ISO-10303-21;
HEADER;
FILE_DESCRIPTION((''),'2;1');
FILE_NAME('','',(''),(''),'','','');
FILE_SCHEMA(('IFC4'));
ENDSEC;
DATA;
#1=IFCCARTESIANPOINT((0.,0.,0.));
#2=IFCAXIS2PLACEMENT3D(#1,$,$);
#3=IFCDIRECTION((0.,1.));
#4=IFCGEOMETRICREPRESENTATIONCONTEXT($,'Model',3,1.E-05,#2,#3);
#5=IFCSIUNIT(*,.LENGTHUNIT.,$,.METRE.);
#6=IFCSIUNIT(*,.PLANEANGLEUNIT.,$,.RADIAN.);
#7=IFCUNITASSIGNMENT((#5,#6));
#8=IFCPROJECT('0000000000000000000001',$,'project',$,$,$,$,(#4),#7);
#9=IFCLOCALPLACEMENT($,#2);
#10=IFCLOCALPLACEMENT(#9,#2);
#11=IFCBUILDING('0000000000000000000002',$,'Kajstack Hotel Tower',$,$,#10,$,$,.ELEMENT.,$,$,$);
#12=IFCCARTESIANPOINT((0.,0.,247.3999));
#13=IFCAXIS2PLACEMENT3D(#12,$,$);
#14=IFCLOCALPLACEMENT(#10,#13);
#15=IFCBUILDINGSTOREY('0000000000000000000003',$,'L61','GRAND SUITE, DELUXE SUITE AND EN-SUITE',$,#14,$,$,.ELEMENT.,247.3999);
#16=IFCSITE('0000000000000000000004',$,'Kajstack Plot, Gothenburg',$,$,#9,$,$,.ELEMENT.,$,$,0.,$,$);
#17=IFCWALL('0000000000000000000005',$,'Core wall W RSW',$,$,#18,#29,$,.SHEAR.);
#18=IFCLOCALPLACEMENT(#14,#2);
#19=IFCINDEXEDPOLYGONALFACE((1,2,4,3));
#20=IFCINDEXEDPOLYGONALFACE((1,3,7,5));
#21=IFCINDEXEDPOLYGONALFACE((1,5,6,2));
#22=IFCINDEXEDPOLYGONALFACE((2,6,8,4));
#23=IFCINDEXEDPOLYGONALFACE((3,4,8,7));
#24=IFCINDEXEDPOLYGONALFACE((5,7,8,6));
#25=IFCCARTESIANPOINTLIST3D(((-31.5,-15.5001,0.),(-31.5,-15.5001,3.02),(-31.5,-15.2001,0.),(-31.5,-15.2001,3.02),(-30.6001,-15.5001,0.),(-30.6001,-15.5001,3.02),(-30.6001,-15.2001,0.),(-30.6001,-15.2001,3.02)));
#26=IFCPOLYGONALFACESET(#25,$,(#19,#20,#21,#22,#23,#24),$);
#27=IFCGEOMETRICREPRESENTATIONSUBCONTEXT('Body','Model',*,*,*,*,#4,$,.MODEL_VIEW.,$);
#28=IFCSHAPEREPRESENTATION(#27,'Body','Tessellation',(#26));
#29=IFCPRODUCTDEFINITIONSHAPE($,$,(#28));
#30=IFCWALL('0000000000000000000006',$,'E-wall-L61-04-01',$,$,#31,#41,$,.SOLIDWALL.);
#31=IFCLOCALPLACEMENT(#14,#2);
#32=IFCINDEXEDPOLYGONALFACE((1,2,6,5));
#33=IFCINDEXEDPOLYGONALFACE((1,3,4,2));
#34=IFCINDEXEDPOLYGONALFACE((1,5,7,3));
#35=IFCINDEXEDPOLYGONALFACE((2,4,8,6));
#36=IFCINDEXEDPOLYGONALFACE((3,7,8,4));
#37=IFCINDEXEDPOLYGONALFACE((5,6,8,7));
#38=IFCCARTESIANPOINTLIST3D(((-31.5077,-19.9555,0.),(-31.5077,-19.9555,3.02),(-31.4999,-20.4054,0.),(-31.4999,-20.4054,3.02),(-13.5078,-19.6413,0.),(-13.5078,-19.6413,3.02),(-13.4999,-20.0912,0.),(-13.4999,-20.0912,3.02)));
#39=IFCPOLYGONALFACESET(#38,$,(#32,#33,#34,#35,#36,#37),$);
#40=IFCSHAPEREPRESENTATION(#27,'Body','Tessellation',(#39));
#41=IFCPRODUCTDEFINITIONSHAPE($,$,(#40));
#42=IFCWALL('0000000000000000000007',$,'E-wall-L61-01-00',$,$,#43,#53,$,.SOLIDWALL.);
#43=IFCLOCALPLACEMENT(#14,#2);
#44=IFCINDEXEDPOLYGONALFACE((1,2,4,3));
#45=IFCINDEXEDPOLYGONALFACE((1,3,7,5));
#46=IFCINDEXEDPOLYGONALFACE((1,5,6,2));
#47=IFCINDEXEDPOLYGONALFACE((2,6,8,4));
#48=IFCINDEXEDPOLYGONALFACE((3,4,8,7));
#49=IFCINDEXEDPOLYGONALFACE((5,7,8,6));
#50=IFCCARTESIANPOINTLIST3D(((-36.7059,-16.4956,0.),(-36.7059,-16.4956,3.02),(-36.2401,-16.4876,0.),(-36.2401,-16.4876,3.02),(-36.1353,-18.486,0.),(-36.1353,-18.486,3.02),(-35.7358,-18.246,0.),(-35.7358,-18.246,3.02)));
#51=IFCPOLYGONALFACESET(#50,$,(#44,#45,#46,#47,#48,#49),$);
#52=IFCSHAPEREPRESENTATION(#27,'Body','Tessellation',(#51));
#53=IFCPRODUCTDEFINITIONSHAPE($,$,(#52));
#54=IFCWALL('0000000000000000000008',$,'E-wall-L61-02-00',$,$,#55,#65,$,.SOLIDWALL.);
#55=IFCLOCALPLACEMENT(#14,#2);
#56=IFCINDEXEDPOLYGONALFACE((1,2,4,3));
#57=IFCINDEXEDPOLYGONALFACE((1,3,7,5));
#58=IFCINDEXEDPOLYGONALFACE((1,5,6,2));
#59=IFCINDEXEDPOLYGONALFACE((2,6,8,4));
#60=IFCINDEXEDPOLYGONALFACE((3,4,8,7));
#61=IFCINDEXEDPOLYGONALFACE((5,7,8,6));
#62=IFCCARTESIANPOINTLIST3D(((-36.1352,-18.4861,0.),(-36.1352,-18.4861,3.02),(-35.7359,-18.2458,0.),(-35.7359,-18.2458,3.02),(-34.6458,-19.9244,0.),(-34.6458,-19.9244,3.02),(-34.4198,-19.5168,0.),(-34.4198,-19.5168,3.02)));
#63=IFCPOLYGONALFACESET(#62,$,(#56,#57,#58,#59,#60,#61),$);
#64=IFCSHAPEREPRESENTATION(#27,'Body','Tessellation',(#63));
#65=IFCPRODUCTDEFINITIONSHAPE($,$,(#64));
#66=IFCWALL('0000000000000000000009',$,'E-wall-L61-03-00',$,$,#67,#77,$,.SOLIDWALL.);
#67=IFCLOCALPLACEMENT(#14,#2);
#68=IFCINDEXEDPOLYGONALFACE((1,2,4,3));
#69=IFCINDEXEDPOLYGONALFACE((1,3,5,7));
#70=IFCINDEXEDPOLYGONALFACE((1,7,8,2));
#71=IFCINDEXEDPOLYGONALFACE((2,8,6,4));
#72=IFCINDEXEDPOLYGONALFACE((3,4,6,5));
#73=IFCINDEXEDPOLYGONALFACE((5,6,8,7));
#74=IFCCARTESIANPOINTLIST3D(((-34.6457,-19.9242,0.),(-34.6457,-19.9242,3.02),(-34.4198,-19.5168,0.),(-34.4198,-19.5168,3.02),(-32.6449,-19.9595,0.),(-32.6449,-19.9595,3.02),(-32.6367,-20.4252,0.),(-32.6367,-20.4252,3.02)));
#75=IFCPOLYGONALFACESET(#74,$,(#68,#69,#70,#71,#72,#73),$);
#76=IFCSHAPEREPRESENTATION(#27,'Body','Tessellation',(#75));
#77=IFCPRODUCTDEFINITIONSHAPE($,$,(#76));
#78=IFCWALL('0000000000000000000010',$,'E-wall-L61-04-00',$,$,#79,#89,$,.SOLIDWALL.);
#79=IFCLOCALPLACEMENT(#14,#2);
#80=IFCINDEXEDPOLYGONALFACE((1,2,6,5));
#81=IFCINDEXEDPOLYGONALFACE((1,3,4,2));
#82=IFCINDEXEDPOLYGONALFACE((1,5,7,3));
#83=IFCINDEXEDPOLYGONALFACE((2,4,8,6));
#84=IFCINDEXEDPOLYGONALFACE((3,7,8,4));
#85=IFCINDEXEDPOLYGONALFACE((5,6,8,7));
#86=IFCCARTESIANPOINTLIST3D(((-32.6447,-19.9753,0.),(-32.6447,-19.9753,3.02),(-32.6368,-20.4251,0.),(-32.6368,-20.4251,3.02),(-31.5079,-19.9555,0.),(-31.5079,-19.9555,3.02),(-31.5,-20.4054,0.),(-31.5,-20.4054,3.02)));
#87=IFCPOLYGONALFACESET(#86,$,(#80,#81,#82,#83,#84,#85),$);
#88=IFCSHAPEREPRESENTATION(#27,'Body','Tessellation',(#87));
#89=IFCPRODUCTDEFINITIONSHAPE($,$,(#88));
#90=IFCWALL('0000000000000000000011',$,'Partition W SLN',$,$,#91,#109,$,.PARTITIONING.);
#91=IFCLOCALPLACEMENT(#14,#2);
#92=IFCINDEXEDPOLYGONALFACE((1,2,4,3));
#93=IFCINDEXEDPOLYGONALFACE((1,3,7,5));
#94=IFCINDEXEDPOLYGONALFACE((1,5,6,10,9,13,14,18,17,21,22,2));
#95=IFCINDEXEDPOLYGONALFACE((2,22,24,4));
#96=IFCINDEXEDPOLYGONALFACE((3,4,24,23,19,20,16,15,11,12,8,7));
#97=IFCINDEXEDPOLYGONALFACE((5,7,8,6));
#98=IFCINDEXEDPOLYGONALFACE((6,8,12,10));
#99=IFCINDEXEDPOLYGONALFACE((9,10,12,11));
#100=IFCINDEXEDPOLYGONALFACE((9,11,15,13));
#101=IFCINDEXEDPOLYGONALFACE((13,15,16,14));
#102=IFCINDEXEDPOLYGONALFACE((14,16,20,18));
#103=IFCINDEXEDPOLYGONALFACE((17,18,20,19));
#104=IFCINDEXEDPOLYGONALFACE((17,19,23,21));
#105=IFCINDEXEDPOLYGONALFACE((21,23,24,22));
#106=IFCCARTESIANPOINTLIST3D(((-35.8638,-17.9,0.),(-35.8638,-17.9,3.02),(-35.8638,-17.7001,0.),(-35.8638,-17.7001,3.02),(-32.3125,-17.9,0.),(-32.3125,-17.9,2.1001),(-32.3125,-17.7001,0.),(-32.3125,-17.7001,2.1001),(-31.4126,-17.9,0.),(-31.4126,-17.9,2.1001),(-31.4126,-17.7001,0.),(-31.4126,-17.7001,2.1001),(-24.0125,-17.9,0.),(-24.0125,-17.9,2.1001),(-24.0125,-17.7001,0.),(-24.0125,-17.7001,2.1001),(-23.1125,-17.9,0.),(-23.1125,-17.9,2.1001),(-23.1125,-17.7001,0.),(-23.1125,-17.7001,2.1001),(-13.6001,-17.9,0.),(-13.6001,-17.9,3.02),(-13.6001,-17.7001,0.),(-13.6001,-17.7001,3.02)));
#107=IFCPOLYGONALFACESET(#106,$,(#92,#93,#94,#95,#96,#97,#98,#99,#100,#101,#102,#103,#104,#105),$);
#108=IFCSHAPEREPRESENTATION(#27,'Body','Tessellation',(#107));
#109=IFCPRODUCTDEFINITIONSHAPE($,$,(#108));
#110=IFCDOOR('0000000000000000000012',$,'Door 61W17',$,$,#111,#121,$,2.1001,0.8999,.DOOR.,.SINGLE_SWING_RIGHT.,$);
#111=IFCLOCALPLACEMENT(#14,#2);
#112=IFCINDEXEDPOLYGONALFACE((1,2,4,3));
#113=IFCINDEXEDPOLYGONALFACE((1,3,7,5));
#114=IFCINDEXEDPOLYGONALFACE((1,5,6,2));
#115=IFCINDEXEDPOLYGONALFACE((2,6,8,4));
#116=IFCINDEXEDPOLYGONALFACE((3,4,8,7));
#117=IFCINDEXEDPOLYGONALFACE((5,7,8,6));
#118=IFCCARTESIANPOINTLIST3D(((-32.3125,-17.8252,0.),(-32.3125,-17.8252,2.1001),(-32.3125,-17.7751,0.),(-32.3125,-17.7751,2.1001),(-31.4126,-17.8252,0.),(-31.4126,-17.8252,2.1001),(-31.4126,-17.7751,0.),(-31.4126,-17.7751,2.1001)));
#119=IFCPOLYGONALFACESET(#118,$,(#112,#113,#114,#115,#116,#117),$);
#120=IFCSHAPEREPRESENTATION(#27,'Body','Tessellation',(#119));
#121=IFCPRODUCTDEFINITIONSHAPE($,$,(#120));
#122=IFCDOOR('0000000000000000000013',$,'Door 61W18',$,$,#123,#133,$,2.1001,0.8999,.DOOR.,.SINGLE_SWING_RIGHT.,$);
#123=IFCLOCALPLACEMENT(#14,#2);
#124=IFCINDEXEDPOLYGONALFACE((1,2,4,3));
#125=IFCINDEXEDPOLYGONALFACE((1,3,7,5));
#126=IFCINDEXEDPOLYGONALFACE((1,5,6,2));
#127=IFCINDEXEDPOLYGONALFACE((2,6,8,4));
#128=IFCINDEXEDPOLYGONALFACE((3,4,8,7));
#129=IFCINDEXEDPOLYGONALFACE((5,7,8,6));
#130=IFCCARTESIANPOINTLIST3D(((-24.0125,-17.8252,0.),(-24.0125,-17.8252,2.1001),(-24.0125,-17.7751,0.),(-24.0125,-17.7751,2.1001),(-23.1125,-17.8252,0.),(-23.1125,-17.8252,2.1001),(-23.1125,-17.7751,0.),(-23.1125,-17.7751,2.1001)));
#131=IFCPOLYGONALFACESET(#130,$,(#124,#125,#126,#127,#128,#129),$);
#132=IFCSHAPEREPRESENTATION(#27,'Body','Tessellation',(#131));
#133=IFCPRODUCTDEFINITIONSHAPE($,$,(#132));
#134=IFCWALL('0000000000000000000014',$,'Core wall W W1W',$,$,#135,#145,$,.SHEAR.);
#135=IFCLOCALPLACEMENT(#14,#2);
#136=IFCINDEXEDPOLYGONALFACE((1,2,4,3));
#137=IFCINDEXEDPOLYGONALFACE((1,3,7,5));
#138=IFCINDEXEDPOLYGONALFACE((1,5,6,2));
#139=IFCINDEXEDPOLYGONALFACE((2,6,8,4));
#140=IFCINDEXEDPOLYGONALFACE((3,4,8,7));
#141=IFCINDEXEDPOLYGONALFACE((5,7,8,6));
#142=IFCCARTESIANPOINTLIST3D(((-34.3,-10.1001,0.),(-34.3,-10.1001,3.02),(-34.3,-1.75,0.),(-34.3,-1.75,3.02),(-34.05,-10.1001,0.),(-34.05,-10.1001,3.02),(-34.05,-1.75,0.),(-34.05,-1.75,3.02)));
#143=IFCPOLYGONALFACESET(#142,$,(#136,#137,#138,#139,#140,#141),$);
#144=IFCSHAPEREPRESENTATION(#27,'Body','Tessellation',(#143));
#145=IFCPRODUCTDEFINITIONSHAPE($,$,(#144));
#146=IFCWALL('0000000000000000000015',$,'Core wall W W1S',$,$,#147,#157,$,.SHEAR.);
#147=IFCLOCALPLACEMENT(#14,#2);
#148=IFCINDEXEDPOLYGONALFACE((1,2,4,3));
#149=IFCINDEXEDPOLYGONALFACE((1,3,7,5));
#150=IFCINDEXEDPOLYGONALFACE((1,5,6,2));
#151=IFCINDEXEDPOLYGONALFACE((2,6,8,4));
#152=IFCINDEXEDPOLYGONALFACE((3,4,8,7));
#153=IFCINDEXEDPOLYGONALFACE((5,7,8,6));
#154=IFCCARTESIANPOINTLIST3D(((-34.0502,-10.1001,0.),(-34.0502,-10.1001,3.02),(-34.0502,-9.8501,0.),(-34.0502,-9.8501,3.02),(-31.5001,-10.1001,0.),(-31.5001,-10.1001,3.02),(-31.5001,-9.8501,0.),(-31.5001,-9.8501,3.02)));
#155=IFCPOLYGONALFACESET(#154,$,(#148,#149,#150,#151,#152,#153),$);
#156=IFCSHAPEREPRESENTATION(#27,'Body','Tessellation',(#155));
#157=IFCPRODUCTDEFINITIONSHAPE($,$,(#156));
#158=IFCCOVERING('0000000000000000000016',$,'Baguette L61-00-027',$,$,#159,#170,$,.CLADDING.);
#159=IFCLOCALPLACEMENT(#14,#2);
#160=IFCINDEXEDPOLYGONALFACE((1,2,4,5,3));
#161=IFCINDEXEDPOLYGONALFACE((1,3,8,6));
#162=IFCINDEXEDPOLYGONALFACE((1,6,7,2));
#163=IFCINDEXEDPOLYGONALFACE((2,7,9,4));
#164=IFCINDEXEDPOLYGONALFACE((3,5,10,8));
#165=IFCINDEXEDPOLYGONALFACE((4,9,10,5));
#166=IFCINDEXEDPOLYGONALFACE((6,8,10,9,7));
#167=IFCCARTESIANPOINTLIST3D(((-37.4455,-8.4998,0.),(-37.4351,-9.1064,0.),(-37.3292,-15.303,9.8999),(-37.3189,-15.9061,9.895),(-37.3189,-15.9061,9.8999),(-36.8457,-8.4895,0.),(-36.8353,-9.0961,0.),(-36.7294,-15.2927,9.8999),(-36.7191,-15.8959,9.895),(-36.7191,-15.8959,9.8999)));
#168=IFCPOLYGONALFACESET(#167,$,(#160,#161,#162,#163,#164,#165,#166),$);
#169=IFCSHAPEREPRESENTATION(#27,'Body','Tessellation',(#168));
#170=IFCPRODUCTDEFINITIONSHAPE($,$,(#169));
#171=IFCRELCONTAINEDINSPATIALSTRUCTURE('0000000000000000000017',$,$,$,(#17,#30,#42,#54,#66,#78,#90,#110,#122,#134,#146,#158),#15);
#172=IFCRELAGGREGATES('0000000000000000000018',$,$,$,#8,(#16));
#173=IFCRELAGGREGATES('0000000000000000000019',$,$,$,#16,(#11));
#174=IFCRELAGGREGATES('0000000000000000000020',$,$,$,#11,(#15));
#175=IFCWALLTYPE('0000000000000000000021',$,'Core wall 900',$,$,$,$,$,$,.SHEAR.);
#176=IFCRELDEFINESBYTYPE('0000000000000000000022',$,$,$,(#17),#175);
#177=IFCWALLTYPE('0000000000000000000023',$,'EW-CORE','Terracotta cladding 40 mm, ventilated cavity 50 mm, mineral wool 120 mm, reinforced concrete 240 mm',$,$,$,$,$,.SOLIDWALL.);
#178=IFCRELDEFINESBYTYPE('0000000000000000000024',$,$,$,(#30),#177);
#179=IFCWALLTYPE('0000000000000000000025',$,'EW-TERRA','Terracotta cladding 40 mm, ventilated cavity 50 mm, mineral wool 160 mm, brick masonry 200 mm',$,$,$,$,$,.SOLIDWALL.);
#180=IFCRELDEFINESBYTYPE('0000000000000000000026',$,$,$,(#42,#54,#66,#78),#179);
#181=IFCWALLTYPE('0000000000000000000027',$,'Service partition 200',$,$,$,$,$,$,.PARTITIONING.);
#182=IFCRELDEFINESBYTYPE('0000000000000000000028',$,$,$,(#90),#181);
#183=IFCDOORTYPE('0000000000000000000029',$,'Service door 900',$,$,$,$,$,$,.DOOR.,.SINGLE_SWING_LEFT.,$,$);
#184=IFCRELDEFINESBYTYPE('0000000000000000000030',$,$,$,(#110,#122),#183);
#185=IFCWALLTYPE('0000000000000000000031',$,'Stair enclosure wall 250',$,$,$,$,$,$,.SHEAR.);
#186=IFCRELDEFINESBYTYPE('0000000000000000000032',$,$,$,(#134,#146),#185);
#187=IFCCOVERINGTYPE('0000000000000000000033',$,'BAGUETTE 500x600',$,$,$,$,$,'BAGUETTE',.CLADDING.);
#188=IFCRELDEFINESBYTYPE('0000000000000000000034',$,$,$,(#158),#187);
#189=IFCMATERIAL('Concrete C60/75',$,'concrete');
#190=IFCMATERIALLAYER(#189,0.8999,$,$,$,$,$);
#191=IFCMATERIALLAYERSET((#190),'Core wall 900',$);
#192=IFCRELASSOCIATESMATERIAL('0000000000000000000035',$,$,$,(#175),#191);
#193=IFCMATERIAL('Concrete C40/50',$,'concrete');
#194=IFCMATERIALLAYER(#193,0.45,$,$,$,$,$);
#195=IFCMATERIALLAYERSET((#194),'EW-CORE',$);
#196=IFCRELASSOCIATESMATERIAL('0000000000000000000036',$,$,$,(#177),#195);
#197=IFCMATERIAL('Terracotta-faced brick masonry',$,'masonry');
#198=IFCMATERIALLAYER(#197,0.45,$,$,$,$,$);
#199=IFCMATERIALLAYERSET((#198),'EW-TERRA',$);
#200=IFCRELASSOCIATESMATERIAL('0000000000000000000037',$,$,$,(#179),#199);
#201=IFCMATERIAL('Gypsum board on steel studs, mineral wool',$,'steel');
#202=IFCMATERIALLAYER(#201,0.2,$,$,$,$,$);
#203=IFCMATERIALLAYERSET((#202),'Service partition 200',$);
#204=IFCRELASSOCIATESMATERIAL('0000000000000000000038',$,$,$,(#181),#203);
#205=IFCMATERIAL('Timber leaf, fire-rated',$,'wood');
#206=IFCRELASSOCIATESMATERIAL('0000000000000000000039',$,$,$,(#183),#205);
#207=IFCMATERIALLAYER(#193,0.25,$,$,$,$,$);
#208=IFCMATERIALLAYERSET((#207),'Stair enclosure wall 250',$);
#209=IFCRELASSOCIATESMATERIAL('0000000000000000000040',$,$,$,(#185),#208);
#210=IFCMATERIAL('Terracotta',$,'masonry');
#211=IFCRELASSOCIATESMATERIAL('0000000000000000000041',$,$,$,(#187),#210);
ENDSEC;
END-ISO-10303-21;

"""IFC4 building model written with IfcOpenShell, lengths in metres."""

from ifc_helpers import new_model, si_unit, direction, frame, frame_2d, origin, origin_2d, place, context, subcontext, project, spatial, polyline, rectangle, outline, extrude, material, layer, layer_set, material_profile, profile_set, type_object, element, fill, save


model = new_model("IFC4")

# Units and contexts
model_context = context("Model", 3, precision=1e-05, world=origin(), true_north=direction((0.0, 1.0)))
body_context = subcontext(model_context, "Body", "Model", "MODEL_VIEW")
ifc_project = project(units=[si_unit("LENGTHUNIT", "METRE"), si_unit("PLANEANGLEUNIT", "RADIAN")], contexts=[model_context])

# Site, building, storey
site_placement = place(None, origin())
site = spatial("IfcSite", under=ifc_project, at=site_placement, Name="Kajstack Plot, Gothenburg", CompositionType="ELEMENT", RefElevation=0.0)
building_placement = place(site_placement, origin())
building = spatial("IfcBuilding", under=site, at=building_placement, Name="Kajstack Hotel Tower", CompositionType="ELEMENT")
storey_placement = place(building_placement, frame((0.0, 0.0, 247.3999)))
storey = spatial("IfcBuildingStorey", under=building, at=storey_placement, Name="L61", Description="GRAND SUITE, DELUXE SUITE AND EN-SUITE", CompositionType="ELEMENT", Elevation=247.3999)

# Walls
ifc_material_1 = material(Name="Concrete C60/75", Category="concrete")
ifc_layer_1 = layer(ifc_material_1, 0.8999)
ifc_layer_set_1 = layer_set([ifc_layer_1], Name="Core wall 900")
wall_type_1 = type_object("IfcWallType", Name="Core wall 900", PredefinedType="SHEAR", material=ifc_layer_set_1)
wall_1_placement = place(storey_placement, frame((-31.5, -15.3501, 0.0), z_axis=(0.0, 0.0, 1.0), x_axis=(1.0, 0.0, 0.0)))
element("IfcWall", 1, at=wall_1_placement, inside=storey, type_object=wall_type_1, Name="Core wall W RSW", PredefinedType="SHEAR", context=body_context, shape_type="SweptSolid", body=[
    extrude(rectangle(XDim=0.8999, YDim=0.3, at=frame_2d((0.45, 0.0))), origin(), (0.0, 0.0, 1.0), 3.02),
])
ifc_material_2 = material(Name="Concrete C40/50", Category="concrete")
ifc_layer_2 = layer(ifc_material_2, 0.45)
ifc_layer_set_2 = layer_set([ifc_layer_2], Name="EW-CORE")
wall_type_2 = type_object("IfcWallType", Name="EW-CORE", Description="Terracotta cladding 40 mm, ventilated cavity 50 mm, mineral wool 120 mm, reinforced concrete 240 mm", PredefinedType="SOLIDWALL", material=ifc_layer_set_2)
wall_2_placement = place(storey_placement, frame((-31.5039, -20.1804, 0.0), z_axis=(0.0, 0.0, 1.0), x_axis=(0.999848, 0.017453, 0.0)))
element("IfcWall", 2, at=wall_2_placement, inside=storey, type_object=wall_type_2, Name="E-wall-L61-04-01", PredefinedType="SOLIDWALL", context=body_context, shape_type="SweptSolid", body=[
    extrude(rectangle(XDim=18.0027, YDim=0.45, at=frame_2d((9.0015, 0.0))), origin(), (0.0, 0.0, 1.0), 3.02),
])
ifc_material_3 = material(Name="Terracotta-faced brick masonry", Category="masonry")
ifc_layer_3 = layer(ifc_material_3, 0.45)
ifc_layer_set_3 = layer_set([ifc_layer_3], Name="EW-TERRA")
wall_type_3 = type_object("IfcWallType", Name="EW-TERRA", Description="Terracotta cladding 40 mm, ventilated cavity 50 mm, mineral wool 160 mm, brick masonry 200 mm", PredefinedType="SOLIDWALL", material=ifc_layer_set_3)
wall_3_placement = place(storey_placement, frame((-36.4895, -16.4336, 0.0), z_axis=(0.0, 0.0, 1.0), x_axis=(0.275578, -0.961279, 0.0)))
element("IfcWall", 3, at=wall_3_placement, inside=storey, type_object=wall_type_3, Name="E-wall-L61-01-00", PredefinedType="SOLIDWALL", context=body_context, shape_type="SweptSolid", body=[
    extrude(outline(polyline([(0.0, -0.2251), (2.0706, -0.2251), (1.95, 0.2251), (0.1206, 0.2249), (0.0, -0.2251)])), origin(), (0.0, 0.0, 1.0), 3.02),
])
wall_4_placement = place(storey_placement, frame((-35.979, -18.324, 0.0), z_axis=(0.0, 0.0, 1.0), x_axis=(0.71932, -0.694679, 0.0)))
element("IfcWall", 4, at=wall_4_placement, inside=storey, type_object=wall_type_3, Name="E-wall-L61-02-00", PredefinedType="SOLIDWALL", context=body_context, shape_type="SweptSolid", body=[
    extrude(outline(polyline([(0.0002, -0.2251), (2.0708, -0.2251), (1.9502, 0.2251), (0.1206, 0.2251), (0.0002, -0.2251)])), origin(), (0.0, 0.0, 1.0), 3.02),
])
wall_5_placement = place(storey_placement, frame((-34.5913, -19.7061, 0.0), z_axis=(0.0, 0.0, 1.0), x_axis=(0.970316, -0.241842, 0.0)))
element("IfcWall", 5, at=wall_5_placement, inside=storey, type_object=wall_type_3, Name="E-wall-L61-03-00", PredefinedType="SOLIDWALL", context=body_context, shape_type="SweptSolid", body=[
    extrude(outline(polyline([(0.0, -0.2249), (2.0706, -0.2251), (1.95, 0.2249), (0.1206, 0.2251), (0.0, -0.2249)])), origin(), (0.0, 0.0, 1.0), 3.02),
])
wall_6_placement = place(storey_placement, frame((-32.6406, -20.2002, 0.0), z_axis=(0.0, 0.0, 1.0), x_axis=(0.999849, 0.017394, 0.0)))
element("IfcWall", 6, at=wall_6_placement, inside=storey, type_object=wall_type_3, Name="E-wall-L61-04-00", PredefinedType="SOLIDWALL", context=body_context, shape_type="SweptSolid", body=[
    extrude(rectangle(XDim=1.137, YDim=0.45, at=frame_2d((0.5684, 0.0))), origin(), (0.0, 0.0, 1.0), 3.02),
])

# Wall, openings, doors
ifc_material_4 = material(Name="Gypsum board on steel studs, mineral wool", Category="steel")
ifc_layer_4 = layer(ifc_material_4, 0.2)
ifc_layer_set_4 = layer_set([ifc_layer_4], Name="Service partition 200")
wall_type_4 = type_object("IfcWallType", Name="Service partition 200", PredefinedType="PARTITIONING", material=ifc_layer_set_4)
wall_7_placement = place(storey_placement, frame((-35.8638, -17.8, 0.0), z_axis=(0.0, 0.0, 1.0), x_axis=(1.0, 0.0, 0.0)))
wall_7 = element("IfcWall", 7, at=wall_7_placement, inside=storey, type_object=wall_type_4, Name="Partition W SLN", PredefinedType="PARTITIONING", context=body_context, shape_type="SweptSolid", body=[
    extrude(rectangle(XDim=22.2637, YDim=0.2, at=frame_2d((11.1318, 0.0))), origin(), (0.0, 0.0, 1.0), 3.02),
])
opening_1_placement = place(wall_7_placement, frame((3.5513, 0.0, 0.0)))
opening_1 = element("IfcOpeningElement", 8, at=opening_1_placement, cuts=wall_7, PredefinedType="OPENING", context=body_context, shape_type="SweptSolid", body=[
    extrude(rectangle(XDim=0.8999, YDim=2.1001, at=frame_2d((0.45, 1.05))), frame((0.0, 0.1099, 0.0), z_axis=(0.0, -1.0, 0.0), x_axis=(1.0, 0.0, 0.0)), (0.0, 0.0, 1.0), 0.22),
])
opening_2_placement = place(wall_7_placement, frame((11.8513, 0.0, 0.0)))
opening_2 = element("IfcOpeningElement", 9, at=opening_2_placement, cuts=wall_7, PredefinedType="OPENING", context=body_context, shape_type="SweptSolid", body=[
    extrude(rectangle(XDim=0.8999, YDim=2.1001, at=frame_2d((0.45, 1.05))), frame((0.0, 0.1099, 0.0), z_axis=(0.0, -1.0, 0.0), x_axis=(1.0, 0.0, 0.0)), (0.0, 0.0, 1.0), 0.22),
])
ifc_material_5 = material(Name="Timber leaf, fire-rated", Category="wood")
door_type = type_object("IfcDoorType", Name="Service door 900", OperationType="SINGLE_SWING_LEFT", PredefinedType="DOOR", material=ifc_material_5)
door_1_placement = place(opening_1_placement, origin())
door_1 = element("IfcDoor", 10, at=door_1_placement, inside=storey, type_object=door_type, Name="Door 61W17", OperationType="SINGLE_SWING_RIGHT", OverallHeight=2.1001, OverallWidth=0.8999, PredefinedType="DOOR", context=body_context, shape_type="SweptSolid", body=[
    extrude(rectangle(XDim=0.8999, YDim=2.1001, at=frame_2d((0.45, 1.05))), frame((0.0, 0.0249, 0.0), z_axis=(0.0, -1.0, 0.0), x_axis=(1.0, 0.0, 0.0)), (0.0, 0.0, 1.0), 0.05),
])
fill(opening_1, door_1)
door_2_placement = place(opening_2_placement, origin())
door_2 = element("IfcDoor", 11, at=door_2_placement, inside=storey, type_object=door_type, Name="Door 61W18", OperationType="SINGLE_SWING_RIGHT", OverallHeight=2.1001, OverallWidth=0.8999, PredefinedType="DOOR", context=body_context, shape_type="SweptSolid", body=[
    extrude(rectangle(XDim=0.8999, YDim=2.1001, at=frame_2d((0.45, 1.05))), frame((0.0, 0.0249, 0.0), z_axis=(0.0, -1.0, 0.0), x_axis=(1.0, 0.0, 0.0)), (0.0, 0.0, 1.0), 0.05),
])
fill(opening_2, door_2)

# Walls
ifc_layer_5 = layer(ifc_material_2, 0.25)
ifc_layer_set_5 = layer_set([ifc_layer_5], Name="Stair enclosure wall 250")
wall_type_5 = type_object("IfcWallType", Name="Stair enclosure wall 250", PredefinedType="SHEAR", material=ifc_layer_set_5)
wall_8_placement = place(storey_placement, frame((-34.175, -10.1001, 0.0), z_axis=(0.0, 0.0, 1.0), x_axis=(0.0, 1.0, 0.0)))
element("IfcWall", 12, at=wall_8_placement, inside=storey, type_object=wall_type_5, Name="Core wall W W1W", PredefinedType="SHEAR", context=body_context, shape_type="SweptSolid", body=[
    extrude(rectangle(XDim=8.3501, YDim=0.25, at=frame_2d((4.175, 0.0))), origin(), (0.0, 0.0, 1.0), 3.02),
])
wall_9_placement = place(storey_placement, frame((-34.05, -9.9751, 0.0), z_axis=(0.0, 0.0, 1.0), x_axis=(1.0, 0.0, 0.0)))
element("IfcWall", 13, at=wall_9_placement, inside=storey, type_object=wall_type_5, Name="Core wall W W1S", PredefinedType="SHEAR", context=body_context, shape_type="SweptSolid", body=[
    extrude(rectangle(XDim=2.55, YDim=0.25, at=frame_2d((1.2749, 0.0))), origin(), (0.0, 0.0, 1.0), 3.02),
])

# Covering
ifc_material_6 = material(Name="Terracotta", Category="masonry")
ifc_material_profile = material_profile(ifc_material_6, rectangle(XDim=0.6001, YDim=0.5, at=origin_2d()), Name="Terracotta-clad concrete baguette 500 x 600")
ifc_profile_set = profile_set([ifc_material_profile], Name="Terracotta")
covering_type = type_object("IfcCoveringType", Name="BAGUETTE 500x600", ElementType="BAGUETTE", PredefinedType="CLADDING", material=ifc_profile_set)
covering_1_placement = place(storey_placement, frame((-36.8457, -8.4895, 0.0), z_axis=(-0.999854, -0.017092, 0.0), x_axis=(0.017092, -0.999854, 0.0)))
element("IfcCovering", 14, at=covering_1_placement, inside=storey, type_object=covering_type, Name="Baguette L61-00-027", PredefinedType="CLADDING", context=body_context, shape_type="SweptSolid", body=[
    extrude(outline(polyline([(0.6067, 0.0), (7.4075, 9.895), (7.4075, 9.8999), (6.8042, 9.8999), (0.0, 0.0), (0.6067, 0.0)])), origin(), (0.0, 0.0, 1.0), 0.5999),
])

save(model, "model.ifc")
